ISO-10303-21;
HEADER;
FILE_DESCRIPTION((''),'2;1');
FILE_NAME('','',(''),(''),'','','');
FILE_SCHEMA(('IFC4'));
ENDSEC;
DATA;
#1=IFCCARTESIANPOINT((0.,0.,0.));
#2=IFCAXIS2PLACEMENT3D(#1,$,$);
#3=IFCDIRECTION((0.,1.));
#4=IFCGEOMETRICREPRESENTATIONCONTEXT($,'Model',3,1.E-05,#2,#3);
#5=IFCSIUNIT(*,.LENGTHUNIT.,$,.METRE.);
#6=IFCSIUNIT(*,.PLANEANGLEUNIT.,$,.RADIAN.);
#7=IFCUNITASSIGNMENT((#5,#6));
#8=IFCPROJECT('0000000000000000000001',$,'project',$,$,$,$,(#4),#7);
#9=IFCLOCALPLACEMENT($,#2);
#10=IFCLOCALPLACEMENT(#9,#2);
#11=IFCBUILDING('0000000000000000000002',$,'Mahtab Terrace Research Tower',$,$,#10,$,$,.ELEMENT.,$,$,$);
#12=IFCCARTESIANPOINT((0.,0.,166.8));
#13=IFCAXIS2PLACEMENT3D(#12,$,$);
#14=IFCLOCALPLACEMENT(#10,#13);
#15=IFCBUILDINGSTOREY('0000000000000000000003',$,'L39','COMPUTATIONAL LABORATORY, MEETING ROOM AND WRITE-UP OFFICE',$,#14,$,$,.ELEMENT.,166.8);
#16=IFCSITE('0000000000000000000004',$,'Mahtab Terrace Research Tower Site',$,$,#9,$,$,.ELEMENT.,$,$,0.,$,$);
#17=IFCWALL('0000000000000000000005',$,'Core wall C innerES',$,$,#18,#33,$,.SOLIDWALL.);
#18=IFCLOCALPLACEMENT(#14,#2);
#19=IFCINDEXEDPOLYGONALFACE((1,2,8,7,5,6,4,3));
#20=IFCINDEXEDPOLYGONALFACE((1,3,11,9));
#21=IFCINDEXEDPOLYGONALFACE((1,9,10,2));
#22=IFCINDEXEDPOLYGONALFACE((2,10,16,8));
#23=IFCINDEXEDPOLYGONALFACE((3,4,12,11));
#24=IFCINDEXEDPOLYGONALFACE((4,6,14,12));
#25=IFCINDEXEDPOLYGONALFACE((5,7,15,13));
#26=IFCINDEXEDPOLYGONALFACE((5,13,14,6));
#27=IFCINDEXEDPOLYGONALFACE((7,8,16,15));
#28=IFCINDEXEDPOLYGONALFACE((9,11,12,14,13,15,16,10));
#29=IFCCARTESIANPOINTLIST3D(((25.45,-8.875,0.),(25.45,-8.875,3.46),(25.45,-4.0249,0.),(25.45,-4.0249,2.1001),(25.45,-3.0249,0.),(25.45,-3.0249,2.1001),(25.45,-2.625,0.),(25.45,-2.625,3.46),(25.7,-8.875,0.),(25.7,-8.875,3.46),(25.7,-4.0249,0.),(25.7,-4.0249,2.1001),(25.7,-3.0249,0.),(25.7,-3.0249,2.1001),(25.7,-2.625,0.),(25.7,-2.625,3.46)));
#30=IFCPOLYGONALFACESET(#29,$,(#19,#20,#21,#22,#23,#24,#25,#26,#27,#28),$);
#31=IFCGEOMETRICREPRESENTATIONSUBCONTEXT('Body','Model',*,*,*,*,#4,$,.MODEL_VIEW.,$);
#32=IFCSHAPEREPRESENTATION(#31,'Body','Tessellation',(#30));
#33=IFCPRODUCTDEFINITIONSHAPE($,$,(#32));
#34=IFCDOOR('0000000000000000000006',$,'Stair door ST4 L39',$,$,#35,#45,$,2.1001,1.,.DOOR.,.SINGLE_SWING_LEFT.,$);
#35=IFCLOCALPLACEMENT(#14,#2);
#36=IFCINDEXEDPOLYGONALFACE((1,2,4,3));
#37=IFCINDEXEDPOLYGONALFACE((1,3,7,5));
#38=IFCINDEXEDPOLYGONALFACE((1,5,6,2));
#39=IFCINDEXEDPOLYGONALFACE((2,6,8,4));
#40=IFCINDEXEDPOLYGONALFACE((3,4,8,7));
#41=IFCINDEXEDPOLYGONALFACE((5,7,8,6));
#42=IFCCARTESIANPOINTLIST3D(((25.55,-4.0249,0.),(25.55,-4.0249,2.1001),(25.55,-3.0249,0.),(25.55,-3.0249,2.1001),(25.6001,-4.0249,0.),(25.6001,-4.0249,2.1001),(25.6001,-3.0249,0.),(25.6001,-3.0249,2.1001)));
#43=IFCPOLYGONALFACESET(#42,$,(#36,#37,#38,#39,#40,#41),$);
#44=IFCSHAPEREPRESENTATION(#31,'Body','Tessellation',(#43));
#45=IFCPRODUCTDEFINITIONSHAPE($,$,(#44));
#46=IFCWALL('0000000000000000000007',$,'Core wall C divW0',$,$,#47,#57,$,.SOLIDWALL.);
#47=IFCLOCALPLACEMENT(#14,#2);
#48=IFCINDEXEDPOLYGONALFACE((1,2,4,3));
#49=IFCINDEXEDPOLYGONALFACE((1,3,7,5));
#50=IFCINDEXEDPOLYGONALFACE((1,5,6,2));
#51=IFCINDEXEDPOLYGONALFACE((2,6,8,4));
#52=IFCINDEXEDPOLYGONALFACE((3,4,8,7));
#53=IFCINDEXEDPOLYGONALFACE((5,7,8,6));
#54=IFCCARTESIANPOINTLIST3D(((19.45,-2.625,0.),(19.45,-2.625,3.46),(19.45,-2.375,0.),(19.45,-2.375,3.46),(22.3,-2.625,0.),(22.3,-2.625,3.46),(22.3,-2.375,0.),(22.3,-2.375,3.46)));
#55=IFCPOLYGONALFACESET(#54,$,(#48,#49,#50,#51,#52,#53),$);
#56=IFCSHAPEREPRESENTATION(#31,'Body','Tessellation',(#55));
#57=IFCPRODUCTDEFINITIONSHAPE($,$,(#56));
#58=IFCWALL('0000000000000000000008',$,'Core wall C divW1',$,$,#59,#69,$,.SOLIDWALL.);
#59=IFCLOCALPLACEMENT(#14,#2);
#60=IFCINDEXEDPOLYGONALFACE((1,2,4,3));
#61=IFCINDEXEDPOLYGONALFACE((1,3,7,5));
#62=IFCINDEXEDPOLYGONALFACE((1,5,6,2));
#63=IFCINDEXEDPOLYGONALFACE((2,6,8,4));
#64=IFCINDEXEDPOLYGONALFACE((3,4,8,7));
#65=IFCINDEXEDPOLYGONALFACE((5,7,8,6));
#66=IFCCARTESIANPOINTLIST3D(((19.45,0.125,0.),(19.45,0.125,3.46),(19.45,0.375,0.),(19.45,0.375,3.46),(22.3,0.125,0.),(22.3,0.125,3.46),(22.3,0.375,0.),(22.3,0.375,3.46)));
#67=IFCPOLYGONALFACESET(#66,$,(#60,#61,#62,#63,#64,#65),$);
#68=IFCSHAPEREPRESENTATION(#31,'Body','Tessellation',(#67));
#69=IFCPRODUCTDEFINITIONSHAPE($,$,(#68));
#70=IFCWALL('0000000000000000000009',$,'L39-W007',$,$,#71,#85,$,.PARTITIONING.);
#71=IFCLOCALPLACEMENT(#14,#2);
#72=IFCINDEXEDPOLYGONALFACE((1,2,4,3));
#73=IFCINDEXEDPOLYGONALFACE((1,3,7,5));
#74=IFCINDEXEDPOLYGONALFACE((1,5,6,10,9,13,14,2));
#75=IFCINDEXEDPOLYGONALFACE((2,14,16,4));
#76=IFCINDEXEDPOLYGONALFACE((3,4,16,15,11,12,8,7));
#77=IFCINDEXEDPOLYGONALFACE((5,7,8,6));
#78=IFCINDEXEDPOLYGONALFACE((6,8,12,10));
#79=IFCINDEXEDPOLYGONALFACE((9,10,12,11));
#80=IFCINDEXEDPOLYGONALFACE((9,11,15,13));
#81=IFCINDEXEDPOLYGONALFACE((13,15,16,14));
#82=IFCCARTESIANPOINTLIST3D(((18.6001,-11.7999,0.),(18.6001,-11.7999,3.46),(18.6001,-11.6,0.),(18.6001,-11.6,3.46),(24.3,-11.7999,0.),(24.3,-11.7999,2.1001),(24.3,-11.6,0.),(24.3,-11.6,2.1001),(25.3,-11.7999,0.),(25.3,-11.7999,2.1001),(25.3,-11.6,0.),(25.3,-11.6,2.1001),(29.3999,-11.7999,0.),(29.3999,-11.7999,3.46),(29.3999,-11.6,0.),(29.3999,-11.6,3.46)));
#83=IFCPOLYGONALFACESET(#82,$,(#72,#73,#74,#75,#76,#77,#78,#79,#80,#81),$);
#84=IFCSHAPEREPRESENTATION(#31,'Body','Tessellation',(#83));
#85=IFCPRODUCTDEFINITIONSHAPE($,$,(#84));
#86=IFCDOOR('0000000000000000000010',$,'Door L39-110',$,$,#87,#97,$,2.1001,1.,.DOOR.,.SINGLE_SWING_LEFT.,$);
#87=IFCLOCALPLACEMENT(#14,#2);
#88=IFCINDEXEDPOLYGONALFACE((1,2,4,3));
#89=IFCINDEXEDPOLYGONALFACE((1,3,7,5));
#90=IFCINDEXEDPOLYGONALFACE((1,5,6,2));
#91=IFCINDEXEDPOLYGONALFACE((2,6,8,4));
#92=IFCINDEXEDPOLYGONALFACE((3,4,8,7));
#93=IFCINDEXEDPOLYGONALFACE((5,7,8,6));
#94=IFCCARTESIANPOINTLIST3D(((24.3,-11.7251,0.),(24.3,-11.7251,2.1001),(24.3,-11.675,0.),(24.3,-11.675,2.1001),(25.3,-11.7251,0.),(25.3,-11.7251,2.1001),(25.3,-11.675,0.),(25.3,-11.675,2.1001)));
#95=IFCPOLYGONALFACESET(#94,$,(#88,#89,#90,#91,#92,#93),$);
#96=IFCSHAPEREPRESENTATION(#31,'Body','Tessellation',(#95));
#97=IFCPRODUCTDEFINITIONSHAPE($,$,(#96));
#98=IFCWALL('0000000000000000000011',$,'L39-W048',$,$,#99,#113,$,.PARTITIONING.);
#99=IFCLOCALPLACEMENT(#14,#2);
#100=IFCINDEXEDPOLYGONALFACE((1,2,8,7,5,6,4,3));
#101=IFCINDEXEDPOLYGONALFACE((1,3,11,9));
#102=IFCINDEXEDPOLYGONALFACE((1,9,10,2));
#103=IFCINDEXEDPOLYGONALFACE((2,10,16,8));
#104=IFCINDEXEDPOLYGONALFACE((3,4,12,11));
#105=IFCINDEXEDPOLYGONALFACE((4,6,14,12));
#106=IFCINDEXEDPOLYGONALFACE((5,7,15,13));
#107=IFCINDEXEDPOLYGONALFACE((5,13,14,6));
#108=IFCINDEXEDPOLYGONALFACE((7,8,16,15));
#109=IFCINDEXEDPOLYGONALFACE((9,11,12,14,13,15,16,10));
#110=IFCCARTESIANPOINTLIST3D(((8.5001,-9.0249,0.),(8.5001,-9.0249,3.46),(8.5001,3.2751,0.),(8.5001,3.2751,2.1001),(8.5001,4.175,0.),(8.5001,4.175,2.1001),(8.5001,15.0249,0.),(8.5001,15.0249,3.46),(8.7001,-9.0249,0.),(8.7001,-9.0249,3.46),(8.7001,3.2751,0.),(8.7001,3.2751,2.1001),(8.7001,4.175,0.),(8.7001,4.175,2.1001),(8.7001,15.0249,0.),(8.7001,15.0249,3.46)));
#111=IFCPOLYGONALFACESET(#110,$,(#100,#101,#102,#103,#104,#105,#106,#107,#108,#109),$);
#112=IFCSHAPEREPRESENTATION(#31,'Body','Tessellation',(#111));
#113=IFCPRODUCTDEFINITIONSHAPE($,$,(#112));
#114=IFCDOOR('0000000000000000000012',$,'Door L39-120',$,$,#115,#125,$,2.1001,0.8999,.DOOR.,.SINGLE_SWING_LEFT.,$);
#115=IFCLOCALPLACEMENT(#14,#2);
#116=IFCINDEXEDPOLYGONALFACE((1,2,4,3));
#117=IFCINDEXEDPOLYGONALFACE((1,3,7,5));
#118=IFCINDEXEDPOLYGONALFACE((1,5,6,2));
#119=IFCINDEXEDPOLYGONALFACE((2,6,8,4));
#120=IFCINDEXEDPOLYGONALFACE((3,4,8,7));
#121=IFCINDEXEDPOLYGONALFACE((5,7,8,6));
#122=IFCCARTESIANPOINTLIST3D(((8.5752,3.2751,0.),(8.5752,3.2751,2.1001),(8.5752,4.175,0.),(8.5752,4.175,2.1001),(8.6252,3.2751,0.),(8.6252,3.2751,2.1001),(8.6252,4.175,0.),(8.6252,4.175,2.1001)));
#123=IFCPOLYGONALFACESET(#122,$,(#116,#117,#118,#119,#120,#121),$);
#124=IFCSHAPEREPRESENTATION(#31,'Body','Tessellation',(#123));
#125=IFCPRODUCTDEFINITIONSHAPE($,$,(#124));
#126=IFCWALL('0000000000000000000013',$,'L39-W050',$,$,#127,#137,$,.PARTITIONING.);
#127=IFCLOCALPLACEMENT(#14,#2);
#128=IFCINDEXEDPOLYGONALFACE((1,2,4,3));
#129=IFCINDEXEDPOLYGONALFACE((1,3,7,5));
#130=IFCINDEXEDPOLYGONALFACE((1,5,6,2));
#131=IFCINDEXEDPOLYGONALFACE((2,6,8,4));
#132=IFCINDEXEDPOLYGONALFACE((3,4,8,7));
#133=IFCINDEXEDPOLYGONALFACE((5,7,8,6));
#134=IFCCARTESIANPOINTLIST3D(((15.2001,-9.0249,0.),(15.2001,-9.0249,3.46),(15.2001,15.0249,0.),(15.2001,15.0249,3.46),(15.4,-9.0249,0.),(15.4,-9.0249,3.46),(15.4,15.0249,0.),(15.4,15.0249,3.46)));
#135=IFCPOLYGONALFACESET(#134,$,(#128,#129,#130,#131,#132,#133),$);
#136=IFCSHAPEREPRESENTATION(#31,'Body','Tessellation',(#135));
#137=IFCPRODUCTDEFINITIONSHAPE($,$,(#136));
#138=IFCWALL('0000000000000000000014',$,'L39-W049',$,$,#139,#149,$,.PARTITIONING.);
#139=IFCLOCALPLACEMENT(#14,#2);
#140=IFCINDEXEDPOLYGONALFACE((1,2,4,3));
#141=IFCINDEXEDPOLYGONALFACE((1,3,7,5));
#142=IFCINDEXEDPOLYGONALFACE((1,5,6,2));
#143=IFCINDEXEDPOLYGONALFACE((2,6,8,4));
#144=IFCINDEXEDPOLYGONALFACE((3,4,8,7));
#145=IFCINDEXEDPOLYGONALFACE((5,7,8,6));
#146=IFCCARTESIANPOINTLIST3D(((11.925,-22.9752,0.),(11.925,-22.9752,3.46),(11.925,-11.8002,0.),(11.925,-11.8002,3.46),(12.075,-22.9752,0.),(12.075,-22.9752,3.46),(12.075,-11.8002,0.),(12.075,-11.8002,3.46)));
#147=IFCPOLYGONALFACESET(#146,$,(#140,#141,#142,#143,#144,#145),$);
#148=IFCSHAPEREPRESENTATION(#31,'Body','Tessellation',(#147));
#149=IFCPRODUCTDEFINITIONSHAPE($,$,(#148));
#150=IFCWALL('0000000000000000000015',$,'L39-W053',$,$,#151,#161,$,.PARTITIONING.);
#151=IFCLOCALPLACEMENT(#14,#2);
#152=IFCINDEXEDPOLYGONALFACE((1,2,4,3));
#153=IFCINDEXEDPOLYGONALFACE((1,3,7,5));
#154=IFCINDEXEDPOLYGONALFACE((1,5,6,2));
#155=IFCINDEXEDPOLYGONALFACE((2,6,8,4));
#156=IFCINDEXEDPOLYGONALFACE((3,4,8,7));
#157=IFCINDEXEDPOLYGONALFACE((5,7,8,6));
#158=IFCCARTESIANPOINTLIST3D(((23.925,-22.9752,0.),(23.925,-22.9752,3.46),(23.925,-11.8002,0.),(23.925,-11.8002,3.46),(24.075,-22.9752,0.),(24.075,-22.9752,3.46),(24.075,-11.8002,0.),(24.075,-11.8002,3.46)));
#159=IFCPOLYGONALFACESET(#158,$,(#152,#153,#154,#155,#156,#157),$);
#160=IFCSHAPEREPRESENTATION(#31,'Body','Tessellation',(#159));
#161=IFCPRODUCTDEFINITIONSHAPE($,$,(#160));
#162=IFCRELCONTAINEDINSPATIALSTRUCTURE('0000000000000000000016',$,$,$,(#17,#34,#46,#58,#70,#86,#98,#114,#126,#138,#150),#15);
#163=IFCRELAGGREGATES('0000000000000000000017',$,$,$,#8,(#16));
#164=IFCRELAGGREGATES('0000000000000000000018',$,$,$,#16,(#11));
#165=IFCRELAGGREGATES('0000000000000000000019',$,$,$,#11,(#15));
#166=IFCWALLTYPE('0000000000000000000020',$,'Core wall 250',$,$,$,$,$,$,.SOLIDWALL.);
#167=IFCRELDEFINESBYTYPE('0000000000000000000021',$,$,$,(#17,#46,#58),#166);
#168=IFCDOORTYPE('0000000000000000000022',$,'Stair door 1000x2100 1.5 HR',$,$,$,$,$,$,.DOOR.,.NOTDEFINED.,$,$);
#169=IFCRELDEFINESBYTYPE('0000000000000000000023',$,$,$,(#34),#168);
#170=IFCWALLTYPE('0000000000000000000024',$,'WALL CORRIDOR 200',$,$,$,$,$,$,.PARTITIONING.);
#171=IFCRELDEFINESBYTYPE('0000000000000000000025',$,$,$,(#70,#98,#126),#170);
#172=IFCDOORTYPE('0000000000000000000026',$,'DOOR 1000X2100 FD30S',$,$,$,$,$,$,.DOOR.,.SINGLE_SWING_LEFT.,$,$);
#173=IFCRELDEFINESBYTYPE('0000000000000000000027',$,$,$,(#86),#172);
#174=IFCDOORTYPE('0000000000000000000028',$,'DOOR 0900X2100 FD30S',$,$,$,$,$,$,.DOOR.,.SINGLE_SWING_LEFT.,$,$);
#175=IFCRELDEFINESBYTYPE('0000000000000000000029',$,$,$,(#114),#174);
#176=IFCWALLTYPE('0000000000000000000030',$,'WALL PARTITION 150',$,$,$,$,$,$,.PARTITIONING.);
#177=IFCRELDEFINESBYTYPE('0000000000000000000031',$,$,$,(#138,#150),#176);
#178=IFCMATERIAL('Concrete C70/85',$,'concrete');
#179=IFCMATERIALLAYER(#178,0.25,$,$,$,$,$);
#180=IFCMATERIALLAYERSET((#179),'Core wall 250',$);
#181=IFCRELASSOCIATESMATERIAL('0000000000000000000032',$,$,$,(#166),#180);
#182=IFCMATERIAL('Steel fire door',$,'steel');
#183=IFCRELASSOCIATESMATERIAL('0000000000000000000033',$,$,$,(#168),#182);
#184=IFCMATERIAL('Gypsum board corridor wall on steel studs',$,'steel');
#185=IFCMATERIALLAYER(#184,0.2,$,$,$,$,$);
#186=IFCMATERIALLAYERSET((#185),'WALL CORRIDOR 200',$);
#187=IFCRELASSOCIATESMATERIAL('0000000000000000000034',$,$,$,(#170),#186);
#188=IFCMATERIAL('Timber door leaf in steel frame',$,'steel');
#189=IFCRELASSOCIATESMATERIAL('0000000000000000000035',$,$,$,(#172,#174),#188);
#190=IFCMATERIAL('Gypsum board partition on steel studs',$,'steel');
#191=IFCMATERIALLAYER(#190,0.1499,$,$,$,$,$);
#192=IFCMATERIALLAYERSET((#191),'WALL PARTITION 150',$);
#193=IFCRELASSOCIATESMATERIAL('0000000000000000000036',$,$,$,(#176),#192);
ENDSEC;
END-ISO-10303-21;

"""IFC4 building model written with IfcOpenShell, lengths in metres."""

from ifc_helpers import new_model, si_unit, direction, frame, frame_2d, origin, place, context, subcontext, project, spatial, rectangle, extrude, material, layer, layer_set, type_object, element, fill, save


model = new_model("IFC4")

# Units and contexts
model_context = context("Model", 3, precision=1e-05, world=origin(), true_north=direction((0.0, 1.0)))
body_context = subcontext(model_context, "Body", "Model", "MODEL_VIEW")
ifc_project = project(units=[si_unit("LENGTHUNIT", "METRE"), si_unit("PLANEANGLEUNIT", "RADIAN")], contexts=[model_context])

# Site, building, storey
site_placement = place(None, origin())
site = spatial("IfcSite", under=ifc_project, at=site_placement, Name="Mahtab Terrace Research Tower Site", CompositionType="ELEMENT", RefElevation=0.0)
building_placement = place(site_placement, origin())
building = spatial("IfcBuilding", under=site, at=building_placement, Name="Mahtab Terrace Research Tower", CompositionType="ELEMENT")
storey_placement = place(building_placement, frame((0.0, 0.0, 166.8)))
storey = spatial("IfcBuildingStorey", under=building, at=storey_placement, Name="L39", Description="COMPUTATIONAL LABORATORY, MEETING ROOM AND WRITE-UP OFFICE", CompositionType="ELEMENT", Elevation=166.8)

# Shared definitions
ifc_material_1 = material(Name="Concrete C70/85", Category="concrete")

# Shared definitions
ifc_layer_1 = layer(ifc_material_1, 0.25)
ifc_layer_set_1 = layer_set([ifc_layer_1], Name="Core wall 250")
wall_type_1 = type_object("IfcWallType", Name="Core wall 250", PredefinedType="SOLIDWALL", material=ifc_layer_set_1)
ifc_material_2 = material(Name="Steel fire door", Category="steel")

# Wall, opening, door
wall_1_placement = place(storey_placement, frame((25.575, -8.875, 0.0), z_axis=(0.0, 0.0, 1.0), x_axis=(0.0, 1.0, 0.0)))
wall_1 = element("IfcWall", 1, at=wall_1_placement, inside=storey, type_object=wall_type_1, Name="Core wall C innerES", PredefinedType="SOLIDWALL", context=body_context, shape_type="SweptSolid", body=[
    extrude(rectangle(XDim=6.25, YDim=0.25, at=frame_2d((3.125, 0.0))), origin(), (0.0, 0.0, 1.0), 3.46),
])
opening_1_placement = place(wall_1_placement, frame((4.8501, 0.0, 0.0)))
opening_1 = element("IfcOpeningElement", 2, at=opening_1_placement, cuts=wall_1, PredefinedType="OPENING", context=body_context, shape_type="SweptSolid", body=[
    extrude(rectangle(XDim=1.0, YDim=2.1001, at=frame_2d((0.5, 1.05))), frame((0.0, 0.135, 0.0), z_axis=(0.0, -1.0, 0.0), x_axis=(1.0, 0.0, 0.0)), (0.0, 0.0, 1.0), 0.27),
])
door_type_1 = type_object("IfcDoorType", Name="Stair door 1000x2100 1.5 HR", OperationType="NOTDEFINED", PredefinedType="DOOR", material=ifc_material_2)
door_1_placement = place(opening_1_placement, origin())
door_1 = element("IfcDoor", 3, at=door_1_placement, inside=storey, type_object=door_type_1, Name="Stair door ST4 L39", OperationType="SINGLE_SWING_LEFT", OverallHeight=2.1001, OverallWidth=1.0, PredefinedType="DOOR", context=body_context, shape_type="SweptSolid", body=[
    extrude(rectangle(XDim=1.0, YDim=2.1001, at=frame_2d((0.5, 1.05))), frame((0.0, 0.0249, 0.0), z_axis=(0.0, -1.0, 0.0), x_axis=(1.0, 0.0, 0.0)), (0.0, 0.0, 1.0), 0.05),
])
fill(opening_1, door_1)

# Walls
for number, where, z_axis, x_axis, name in (
    (4, (19.45, -2.5, 0.0), (0.0, 0.0, 1.0), (1.0, 0.0, 0.0), "Core wall C divW0"),
    (5, (19.45, 0.25, 0.0), (0.0, 0.0, 1.0), (1.0, 0.0, 0.0), "Core wall C divW1"),
):
    element("IfcWall", number, at=place(storey_placement, frame(where, z_axis=z_axis, x_axis=x_axis)), inside=storey, type_object=wall_type_1, Name=name, PredefinedType="SOLIDWALL", context=body_context, shape_type="SweptSolid", body=[
        extrude(rectangle(XDim=2.8501, YDim=0.25, at=frame_2d((1.425, 0.0))), origin(), (0.0, 0.0, 1.0), 3.46),
    ])

# Walls, openings, doors
ifc_material_3 = material(Name="Gypsum board corridor wall on steel studs", Category="steel")
ifc_layer_2 = layer(ifc_material_3, 0.2)
ifc_layer_set_2 = layer_set([ifc_layer_2], Name="WALL CORRIDOR 200")
wall_type_2 = type_object("IfcWallType", Name="WALL CORRIDOR 200", PredefinedType="PARTITIONING", material=ifc_layer_set_2)
wall_2_placement = place(storey_placement, frame((18.6001, -11.7, 0.0), z_axis=(0.0, 0.0, 1.0), x_axis=(1.0, 0.0, 0.0)))
wall_2 = element("IfcWall", 6, at=wall_2_placement, inside=storey, type_object=wall_type_2, Name="L39-W007", PredefinedType="PARTITIONING", context=body_context, shape_type="SweptSolid", body=[
    extrude(rectangle(XDim=10.7998, YDim=0.2, at=frame_2d((5.3999, 0.0))), origin(), (0.0, 0.0, 1.0), 3.46),
])
opening_2_placement = place(wall_2_placement, frame((5.7, 0.0, 0.0)))
opening_2 = element("IfcOpeningElement", 7, at=opening_2_placement, cuts=wall_2, PredefinedType="OPENING", context=body_context, shape_type="SweptSolid", body=[
    extrude(rectangle(XDim=1.0, YDim=2.1001, at=frame_2d((0.5, 1.05))), frame((0.0, 0.1099, 0.0), z_axis=(0.0, -1.0, 0.0), x_axis=(1.0, 0.0, 0.0)), (0.0, 0.0, 1.0), 0.22),
])
ifc_material_4 = material(Name="Timber door leaf in steel frame", Category="steel")
door_type_2 = type_object("IfcDoorType", Name="DOOR 1000X2100 FD30S", OperationType="SINGLE_SWING_LEFT", PredefinedType="DOOR", material=ifc_material_4)
door_2_placement = place(opening_2_placement, origin())
door_2 = element("IfcDoor", 8, at=door_2_placement, inside=storey, type_object=door_type_2, Name="Door L39-110", OperationType="SINGLE_SWING_LEFT", OverallHeight=2.1001, OverallWidth=1.0, PredefinedType="DOOR", context=body_context, shape_type="SweptSolid", body=[
    extrude(rectangle(XDim=1.0, YDim=2.1001, at=frame_2d((0.5, 1.05))), frame((0.0, 0.0249, 0.0), z_axis=(0.0, -1.0, 0.0), x_axis=(1.0, 0.0, 0.0)), (0.0, 0.0, 1.0), 0.05),
])
fill(opening_2, door_2)
wall_3_placement = place(storey_placement, frame((8.6001, -9.0249, 0.0), z_axis=(0.0, 0.0, 1.0), x_axis=(0.0, 1.0, 0.0)))
wall_3 = element("IfcWall", 9, at=wall_3_placement, inside=storey, type_object=wall_type_2, Name="L39-W048", PredefinedType="PARTITIONING", context=body_context, shape_type="SweptSolid", body=[
    extrude(rectangle(XDim=24.0498, YDim=0.2, at=frame_2d((12.0249, 0.0))), origin(), (0.0, 0.0, 1.0), 3.46),
])
opening_3_placement = place(wall_3_placement, frame((12.3, 0.0, 0.0)))
opening_3 = element("IfcOpeningElement", 10, at=opening_3_placement, cuts=wall_3, PredefinedType="OPENING", context=body_context, shape_type="SweptSolid", body=[
    extrude(rectangle(XDim=0.8999, YDim=2.1001, at=frame_2d((0.45, 1.05))), frame((0.0, 0.1099, 0.0), z_axis=(0.0, -1.0, 0.0), x_axis=(1.0, 0.0, 0.0)), (0.0, 0.0, 1.0), 0.22),
])
door_type_3 = type_object("IfcDoorType", Name="DOOR 0900X2100 FD30S", OperationType="SINGLE_SWING_LEFT", PredefinedType="DOOR", material=ifc_material_4)
door_3_placement = place(opening_3_placement, origin())
door_3 = element("IfcDoor", 11, at=door_3_placement, inside=storey, type_object=door_type_3, Name="Door L39-120", OperationType="SINGLE_SWING_LEFT", OverallHeight=2.1001, OverallWidth=0.8999, PredefinedType="DOOR", context=body_context, shape_type="SweptSolid", body=[
    extrude(rectangle(XDim=0.8999, YDim=2.1001, at=frame_2d((0.45, 1.05))), frame((0.0, 0.0249, 0.0), z_axis=(0.0, -1.0, 0.0), x_axis=(1.0, 0.0, 0.0)), (0.0, 0.0, 1.0), 0.05),
])
fill(opening_3, door_3)

# Walls
wall_4_placement = place(storey_placement, frame((15.3, -9.0249, 0.0), z_axis=(0.0, 0.0, 1.0), x_axis=(0.0, 1.0, 0.0)))
element("IfcWall", 12, at=wall_4_placement, inside=storey, type_object=wall_type_2, Name="L39-W050", PredefinedType="PARTITIONING", context=body_context, shape_type="SweptSolid", body=[
    extrude(rectangle(XDim=24.0498, YDim=0.2, at=frame_2d((12.0249, 0.0))), origin(), (0.0, 0.0, 1.0), 3.46),
])
ifc_material_5 = material(Name="Gypsum board partition on steel studs", Category="steel")
ifc_layer_3 = layer(ifc_material_5, 0.1499)
ifc_layer_set_3 = layer_set([ifc_layer_3], Name="WALL PARTITION 150")
wall_type_3 = type_object("IfcWallType", Name="WALL PARTITION 150", PredefinedType="PARTITIONING", material=ifc_layer_set_3)
for number, where, z_axis, x_axis, name in (
    (13, (12.0, -22.9751, 0.0), (0.0, 0.0, 1.0), (0.0, 1.0, 0.0), "L39-W049"),
    (14, (24.0, -22.9751, 0.0), (0.0, 0.0, 1.0), (0.0, 1.0, 0.0), "L39-W053"),
):
    element("IfcWall", number, at=place(storey_placement, frame(where, z_axis=z_axis, x_axis=x_axis)), inside=storey, type_object=wall_type_3, Name=name, PredefinedType="PARTITIONING", context=body_context, shape_type="SweptSolid", body=[
        extrude(rectangle(XDim=11.175, YDim=0.1499, at=frame_2d((5.5874, 0.0))), origin(), (0.0, 0.0, 1.0), 3.46),
    ])

save(model, "model.ifc")
